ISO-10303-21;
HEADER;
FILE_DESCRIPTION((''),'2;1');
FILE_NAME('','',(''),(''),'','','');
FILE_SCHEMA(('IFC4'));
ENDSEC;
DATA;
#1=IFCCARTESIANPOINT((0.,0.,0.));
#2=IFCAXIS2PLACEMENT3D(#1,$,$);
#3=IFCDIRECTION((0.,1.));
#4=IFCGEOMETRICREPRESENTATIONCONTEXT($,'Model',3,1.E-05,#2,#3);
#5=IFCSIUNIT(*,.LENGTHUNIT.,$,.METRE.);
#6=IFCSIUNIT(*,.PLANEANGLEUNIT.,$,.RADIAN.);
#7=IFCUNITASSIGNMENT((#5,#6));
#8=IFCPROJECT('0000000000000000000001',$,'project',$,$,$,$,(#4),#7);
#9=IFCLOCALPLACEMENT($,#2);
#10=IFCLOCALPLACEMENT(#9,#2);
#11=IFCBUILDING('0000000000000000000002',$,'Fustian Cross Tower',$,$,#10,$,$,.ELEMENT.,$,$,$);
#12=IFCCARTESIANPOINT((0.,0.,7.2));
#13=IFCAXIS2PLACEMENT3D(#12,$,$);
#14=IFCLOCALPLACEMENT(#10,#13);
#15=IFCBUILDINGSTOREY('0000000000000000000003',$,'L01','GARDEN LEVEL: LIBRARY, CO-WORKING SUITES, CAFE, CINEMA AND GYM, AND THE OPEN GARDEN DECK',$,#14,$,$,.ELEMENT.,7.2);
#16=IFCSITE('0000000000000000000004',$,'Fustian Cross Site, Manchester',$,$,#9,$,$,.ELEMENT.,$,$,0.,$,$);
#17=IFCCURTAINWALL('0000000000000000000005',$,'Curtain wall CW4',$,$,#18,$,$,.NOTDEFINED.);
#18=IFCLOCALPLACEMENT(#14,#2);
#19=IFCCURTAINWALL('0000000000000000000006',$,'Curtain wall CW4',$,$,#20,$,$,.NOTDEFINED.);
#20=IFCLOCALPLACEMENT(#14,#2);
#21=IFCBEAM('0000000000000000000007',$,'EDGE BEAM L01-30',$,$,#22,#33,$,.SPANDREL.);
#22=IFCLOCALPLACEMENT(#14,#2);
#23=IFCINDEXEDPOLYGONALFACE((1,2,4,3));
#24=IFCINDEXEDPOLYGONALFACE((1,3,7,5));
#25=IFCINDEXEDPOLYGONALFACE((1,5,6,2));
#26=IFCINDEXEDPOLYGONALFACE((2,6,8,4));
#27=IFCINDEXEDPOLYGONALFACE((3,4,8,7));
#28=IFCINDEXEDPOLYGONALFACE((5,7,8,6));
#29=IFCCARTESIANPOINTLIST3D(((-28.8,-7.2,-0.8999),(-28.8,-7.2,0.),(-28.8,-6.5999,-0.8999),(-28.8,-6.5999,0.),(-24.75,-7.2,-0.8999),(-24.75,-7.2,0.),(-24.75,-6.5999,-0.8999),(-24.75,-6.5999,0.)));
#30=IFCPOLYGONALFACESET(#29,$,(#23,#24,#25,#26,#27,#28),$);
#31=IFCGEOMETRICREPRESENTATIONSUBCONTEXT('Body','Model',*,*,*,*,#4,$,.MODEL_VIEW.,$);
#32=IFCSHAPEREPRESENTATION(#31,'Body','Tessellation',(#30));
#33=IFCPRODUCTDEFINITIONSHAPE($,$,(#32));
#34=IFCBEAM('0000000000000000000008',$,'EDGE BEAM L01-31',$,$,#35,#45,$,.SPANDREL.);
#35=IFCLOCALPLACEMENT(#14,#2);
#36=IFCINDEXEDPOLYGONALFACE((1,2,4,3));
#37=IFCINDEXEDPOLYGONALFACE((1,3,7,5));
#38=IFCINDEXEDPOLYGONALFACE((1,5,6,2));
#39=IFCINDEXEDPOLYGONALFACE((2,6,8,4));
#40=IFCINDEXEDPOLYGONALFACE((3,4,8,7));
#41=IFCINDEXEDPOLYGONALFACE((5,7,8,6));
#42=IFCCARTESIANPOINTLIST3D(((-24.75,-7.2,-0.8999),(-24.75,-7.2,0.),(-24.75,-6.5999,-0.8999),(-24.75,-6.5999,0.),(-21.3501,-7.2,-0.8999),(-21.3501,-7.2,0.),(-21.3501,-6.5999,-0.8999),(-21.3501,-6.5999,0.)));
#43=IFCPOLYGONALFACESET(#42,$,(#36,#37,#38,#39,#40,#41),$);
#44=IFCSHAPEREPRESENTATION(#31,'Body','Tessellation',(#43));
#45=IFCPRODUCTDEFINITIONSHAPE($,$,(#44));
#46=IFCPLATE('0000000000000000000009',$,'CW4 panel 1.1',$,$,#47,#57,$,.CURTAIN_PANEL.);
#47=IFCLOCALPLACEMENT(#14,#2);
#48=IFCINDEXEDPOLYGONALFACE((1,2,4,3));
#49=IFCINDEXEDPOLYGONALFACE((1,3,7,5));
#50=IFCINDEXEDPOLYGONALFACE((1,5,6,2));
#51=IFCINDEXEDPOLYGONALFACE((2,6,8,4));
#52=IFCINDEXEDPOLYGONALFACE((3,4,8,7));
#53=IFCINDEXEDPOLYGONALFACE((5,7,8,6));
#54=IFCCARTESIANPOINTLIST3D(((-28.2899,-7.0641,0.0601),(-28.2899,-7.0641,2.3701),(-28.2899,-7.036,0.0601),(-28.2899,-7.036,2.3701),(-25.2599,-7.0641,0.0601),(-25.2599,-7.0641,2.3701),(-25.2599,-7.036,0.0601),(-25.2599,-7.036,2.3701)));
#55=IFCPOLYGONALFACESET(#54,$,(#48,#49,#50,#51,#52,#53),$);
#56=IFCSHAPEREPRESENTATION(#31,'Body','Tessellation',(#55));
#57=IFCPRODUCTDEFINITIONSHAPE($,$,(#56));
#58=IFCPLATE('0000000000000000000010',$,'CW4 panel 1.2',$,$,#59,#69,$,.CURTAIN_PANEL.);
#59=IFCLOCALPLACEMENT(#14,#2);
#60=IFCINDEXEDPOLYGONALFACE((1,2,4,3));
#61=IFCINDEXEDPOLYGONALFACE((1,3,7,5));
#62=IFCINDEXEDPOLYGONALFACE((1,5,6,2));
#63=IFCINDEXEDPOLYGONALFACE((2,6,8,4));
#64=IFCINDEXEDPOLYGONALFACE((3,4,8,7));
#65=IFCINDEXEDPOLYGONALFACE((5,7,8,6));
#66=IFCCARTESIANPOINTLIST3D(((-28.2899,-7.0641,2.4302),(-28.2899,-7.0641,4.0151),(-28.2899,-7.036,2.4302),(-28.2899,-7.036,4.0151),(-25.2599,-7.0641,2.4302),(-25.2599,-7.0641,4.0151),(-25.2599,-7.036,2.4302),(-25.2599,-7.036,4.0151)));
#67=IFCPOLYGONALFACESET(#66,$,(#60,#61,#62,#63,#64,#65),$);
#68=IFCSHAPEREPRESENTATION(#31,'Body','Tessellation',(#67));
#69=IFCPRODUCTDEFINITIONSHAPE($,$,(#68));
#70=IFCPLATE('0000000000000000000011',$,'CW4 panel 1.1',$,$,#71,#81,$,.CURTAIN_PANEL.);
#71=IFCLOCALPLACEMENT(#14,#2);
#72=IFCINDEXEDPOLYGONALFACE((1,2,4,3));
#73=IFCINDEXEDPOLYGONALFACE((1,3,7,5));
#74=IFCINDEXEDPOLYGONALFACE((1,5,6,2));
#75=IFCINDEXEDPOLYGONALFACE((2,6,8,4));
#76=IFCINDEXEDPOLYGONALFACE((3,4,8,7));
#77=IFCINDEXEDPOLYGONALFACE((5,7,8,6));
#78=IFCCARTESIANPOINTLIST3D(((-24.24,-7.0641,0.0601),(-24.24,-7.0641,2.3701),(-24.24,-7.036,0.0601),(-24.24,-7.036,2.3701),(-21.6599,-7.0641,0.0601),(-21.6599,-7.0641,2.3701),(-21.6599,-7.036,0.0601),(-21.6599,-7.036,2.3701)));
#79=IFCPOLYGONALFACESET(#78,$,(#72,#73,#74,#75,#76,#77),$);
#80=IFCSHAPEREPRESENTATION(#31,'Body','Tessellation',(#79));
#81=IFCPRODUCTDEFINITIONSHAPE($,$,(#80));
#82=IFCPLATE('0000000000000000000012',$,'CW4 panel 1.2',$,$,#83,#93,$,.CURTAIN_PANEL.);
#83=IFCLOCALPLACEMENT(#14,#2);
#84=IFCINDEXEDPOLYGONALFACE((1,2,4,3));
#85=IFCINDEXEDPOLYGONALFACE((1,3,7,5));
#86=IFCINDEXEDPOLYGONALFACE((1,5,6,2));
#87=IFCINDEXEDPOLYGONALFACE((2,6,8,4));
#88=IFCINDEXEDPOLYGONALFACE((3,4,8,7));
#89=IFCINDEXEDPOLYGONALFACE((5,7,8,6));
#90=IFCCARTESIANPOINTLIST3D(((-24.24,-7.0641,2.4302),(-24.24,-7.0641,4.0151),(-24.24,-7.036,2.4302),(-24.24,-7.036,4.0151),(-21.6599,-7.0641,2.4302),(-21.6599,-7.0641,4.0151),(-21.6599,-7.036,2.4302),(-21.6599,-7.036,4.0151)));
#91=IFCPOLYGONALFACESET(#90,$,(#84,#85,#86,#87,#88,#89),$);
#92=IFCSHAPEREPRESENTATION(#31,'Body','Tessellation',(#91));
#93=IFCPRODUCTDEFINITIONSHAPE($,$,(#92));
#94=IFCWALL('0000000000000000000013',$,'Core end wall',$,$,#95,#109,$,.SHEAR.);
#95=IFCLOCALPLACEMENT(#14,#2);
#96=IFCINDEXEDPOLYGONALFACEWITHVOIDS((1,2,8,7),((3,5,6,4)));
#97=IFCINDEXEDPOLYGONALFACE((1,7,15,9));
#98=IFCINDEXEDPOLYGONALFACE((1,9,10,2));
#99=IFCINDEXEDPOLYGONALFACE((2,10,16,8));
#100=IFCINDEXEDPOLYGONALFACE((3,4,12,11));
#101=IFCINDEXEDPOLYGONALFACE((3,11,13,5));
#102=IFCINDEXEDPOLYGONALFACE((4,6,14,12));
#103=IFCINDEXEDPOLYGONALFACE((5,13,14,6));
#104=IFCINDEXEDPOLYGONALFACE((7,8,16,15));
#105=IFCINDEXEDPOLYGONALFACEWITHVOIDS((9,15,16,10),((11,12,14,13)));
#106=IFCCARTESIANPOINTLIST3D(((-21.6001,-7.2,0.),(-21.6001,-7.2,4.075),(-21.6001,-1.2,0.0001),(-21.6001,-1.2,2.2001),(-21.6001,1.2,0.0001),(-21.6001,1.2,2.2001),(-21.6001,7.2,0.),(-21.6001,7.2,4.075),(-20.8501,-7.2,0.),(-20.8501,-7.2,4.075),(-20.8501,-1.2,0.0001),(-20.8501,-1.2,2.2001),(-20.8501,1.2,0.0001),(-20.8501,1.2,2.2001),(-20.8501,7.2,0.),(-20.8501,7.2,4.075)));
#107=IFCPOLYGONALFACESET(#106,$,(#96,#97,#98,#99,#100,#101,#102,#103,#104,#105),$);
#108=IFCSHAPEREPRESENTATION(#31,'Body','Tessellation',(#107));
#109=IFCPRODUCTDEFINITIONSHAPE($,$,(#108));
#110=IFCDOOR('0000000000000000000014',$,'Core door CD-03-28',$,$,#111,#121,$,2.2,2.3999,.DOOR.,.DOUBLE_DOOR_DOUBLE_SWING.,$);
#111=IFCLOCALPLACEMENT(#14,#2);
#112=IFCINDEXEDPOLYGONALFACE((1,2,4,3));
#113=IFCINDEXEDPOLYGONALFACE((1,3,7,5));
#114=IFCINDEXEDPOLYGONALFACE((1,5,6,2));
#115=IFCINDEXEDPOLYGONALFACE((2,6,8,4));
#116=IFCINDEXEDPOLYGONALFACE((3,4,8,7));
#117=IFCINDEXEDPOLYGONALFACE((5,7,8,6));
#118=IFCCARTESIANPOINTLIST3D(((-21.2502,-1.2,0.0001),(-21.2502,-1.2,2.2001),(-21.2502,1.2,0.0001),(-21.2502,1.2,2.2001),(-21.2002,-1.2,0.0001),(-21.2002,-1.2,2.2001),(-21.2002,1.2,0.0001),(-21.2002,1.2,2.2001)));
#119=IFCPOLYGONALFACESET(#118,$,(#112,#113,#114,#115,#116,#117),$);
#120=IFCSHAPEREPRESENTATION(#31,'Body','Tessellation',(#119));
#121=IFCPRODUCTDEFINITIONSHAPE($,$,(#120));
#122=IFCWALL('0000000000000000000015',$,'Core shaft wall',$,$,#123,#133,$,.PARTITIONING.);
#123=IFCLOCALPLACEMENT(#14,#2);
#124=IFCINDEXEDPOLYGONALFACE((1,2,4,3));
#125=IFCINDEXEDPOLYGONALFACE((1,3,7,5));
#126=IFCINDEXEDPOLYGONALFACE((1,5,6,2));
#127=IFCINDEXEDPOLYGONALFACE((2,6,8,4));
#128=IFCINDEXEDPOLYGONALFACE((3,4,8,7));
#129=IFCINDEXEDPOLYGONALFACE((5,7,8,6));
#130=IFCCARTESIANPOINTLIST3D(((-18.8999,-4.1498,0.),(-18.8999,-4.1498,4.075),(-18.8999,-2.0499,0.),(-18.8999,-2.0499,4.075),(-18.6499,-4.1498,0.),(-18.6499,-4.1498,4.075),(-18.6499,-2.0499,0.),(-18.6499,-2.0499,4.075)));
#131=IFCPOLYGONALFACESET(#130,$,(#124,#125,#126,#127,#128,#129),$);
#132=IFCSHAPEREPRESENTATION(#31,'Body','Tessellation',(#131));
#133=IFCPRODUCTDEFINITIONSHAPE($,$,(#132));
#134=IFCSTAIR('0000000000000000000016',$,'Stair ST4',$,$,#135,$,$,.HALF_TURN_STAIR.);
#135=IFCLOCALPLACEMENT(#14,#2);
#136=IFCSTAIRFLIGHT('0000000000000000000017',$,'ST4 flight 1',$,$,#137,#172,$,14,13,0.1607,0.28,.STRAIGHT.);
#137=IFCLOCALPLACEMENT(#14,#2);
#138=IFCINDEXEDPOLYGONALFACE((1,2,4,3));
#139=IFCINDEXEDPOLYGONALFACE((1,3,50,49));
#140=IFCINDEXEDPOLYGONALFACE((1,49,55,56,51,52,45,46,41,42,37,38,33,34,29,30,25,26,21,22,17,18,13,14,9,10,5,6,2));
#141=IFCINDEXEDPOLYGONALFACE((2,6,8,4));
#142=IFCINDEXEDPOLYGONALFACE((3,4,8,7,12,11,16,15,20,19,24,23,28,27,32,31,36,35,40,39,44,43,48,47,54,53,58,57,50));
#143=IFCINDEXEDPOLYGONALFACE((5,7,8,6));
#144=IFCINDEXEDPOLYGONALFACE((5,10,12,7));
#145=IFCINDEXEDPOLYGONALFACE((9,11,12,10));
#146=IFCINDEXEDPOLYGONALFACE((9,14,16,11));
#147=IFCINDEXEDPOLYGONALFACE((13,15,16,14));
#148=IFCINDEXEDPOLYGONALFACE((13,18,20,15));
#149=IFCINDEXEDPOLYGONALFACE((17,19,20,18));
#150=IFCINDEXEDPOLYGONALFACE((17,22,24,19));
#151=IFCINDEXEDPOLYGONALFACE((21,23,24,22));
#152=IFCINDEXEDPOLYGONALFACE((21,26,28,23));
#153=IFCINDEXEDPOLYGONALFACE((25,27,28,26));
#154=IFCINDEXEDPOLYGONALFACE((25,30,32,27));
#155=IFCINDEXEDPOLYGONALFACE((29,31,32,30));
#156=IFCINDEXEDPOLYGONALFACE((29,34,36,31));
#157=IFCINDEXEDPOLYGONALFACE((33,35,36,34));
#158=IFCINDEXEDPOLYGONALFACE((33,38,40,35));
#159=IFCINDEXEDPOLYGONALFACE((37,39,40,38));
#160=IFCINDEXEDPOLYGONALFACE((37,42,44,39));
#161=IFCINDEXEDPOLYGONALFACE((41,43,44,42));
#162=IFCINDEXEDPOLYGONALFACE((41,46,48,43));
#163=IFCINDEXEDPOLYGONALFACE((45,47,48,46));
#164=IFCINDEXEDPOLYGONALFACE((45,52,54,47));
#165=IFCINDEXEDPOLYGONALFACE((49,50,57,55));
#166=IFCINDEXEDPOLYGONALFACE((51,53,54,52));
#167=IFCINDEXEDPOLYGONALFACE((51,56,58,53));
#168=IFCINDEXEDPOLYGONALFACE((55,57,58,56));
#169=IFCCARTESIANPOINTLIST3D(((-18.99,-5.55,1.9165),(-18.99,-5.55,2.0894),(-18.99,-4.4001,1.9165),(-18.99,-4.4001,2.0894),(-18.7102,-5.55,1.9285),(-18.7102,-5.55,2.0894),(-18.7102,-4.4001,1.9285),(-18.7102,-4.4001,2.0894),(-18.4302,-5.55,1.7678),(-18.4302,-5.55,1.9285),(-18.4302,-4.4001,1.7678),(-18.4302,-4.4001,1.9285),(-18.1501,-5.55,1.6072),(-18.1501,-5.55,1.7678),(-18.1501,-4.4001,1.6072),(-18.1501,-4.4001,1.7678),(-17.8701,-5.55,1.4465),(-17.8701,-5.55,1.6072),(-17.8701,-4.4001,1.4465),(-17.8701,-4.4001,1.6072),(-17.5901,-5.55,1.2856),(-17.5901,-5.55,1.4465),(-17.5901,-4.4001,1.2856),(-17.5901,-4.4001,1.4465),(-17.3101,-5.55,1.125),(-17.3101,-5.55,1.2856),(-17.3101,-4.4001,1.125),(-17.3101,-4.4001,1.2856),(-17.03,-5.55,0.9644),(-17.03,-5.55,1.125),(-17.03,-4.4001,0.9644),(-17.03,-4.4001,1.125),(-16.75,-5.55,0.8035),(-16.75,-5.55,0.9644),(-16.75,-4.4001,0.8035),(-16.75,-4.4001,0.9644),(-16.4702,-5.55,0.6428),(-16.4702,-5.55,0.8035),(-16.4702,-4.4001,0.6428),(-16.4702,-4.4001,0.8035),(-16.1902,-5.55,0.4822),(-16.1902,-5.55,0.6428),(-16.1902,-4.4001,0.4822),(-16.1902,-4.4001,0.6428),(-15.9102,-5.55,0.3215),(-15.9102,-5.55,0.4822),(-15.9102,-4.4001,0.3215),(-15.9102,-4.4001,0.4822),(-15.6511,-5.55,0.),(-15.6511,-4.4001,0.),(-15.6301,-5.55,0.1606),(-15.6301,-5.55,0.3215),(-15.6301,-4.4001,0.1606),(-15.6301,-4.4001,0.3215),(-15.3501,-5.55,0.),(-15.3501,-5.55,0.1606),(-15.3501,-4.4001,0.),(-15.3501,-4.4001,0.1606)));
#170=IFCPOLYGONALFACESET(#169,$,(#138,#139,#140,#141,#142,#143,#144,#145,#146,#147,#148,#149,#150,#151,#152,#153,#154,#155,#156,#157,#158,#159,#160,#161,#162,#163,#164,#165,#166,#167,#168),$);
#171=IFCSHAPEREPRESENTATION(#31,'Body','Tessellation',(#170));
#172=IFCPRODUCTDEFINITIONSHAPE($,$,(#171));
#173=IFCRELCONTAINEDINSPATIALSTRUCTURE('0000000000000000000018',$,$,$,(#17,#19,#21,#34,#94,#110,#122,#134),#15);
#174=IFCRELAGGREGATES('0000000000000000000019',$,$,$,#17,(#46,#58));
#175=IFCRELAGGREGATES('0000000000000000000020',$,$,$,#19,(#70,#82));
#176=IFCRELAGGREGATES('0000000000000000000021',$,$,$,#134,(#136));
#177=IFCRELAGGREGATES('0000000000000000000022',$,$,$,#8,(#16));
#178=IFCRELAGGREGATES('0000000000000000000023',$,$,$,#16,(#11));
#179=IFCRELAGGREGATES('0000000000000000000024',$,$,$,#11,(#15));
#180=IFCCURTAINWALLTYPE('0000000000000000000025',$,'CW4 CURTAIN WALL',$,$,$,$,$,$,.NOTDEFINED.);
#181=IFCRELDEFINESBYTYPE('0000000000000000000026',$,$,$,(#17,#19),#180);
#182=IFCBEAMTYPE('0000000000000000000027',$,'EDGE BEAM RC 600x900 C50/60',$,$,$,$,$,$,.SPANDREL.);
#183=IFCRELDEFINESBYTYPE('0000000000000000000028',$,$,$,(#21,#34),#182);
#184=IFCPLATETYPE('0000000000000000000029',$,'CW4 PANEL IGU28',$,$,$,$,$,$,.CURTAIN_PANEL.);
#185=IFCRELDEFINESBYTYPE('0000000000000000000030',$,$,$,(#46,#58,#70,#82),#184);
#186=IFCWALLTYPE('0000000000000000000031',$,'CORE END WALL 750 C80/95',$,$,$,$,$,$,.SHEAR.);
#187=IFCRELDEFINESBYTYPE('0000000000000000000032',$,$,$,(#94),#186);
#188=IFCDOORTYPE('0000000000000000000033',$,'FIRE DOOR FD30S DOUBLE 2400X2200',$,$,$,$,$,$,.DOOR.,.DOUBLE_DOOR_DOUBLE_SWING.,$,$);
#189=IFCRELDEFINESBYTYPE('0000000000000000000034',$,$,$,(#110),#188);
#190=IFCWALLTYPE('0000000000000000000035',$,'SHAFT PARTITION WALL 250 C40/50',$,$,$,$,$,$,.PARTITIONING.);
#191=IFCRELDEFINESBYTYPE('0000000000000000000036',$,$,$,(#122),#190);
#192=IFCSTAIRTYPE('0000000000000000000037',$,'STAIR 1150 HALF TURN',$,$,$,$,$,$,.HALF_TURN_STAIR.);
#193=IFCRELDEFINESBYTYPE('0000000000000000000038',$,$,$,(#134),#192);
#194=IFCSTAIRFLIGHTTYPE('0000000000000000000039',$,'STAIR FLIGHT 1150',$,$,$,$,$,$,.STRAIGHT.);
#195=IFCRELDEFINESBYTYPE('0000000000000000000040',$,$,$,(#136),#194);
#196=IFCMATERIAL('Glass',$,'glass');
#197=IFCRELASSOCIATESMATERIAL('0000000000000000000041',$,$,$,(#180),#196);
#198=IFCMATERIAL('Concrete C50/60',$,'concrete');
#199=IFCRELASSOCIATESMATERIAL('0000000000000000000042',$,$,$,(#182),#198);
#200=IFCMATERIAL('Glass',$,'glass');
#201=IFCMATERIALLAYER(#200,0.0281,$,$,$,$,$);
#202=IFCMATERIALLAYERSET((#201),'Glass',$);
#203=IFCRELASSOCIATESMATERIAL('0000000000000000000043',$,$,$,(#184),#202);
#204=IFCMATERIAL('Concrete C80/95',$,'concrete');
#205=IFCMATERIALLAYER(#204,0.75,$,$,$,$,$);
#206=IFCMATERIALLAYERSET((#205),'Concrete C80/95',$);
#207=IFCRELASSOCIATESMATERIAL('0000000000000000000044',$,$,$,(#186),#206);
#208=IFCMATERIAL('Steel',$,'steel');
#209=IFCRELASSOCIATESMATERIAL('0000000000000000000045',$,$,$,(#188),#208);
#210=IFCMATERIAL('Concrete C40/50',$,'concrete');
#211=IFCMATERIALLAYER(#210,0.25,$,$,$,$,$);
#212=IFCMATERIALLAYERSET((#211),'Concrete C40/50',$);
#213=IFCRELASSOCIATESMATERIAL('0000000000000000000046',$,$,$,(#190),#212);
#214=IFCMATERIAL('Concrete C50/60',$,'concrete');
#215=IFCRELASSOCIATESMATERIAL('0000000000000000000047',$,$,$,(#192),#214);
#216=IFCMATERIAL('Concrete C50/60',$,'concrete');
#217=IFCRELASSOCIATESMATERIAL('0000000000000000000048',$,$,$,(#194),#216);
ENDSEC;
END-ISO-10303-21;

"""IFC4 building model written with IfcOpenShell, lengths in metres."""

from ifc_helpers import new_model, si_unit, direction, frame, frame_2d, origin, origin_2d, place, context, subcontext, project, spatial, polyline, rectangle, outline, extrude, material, layer, layer_set, material_profile, profile_set, type_object, element, fill, aggregate, save


model = new_model("IFC4")

# Units and contexts
model_context = context("Model", 3, precision=1e-05, world=origin(), true_north=direction((0.0, 1.0)))
body_context = subcontext(model_context, "Body", "Model", "MODEL_VIEW")
ifc_project = project(units=[si_unit("LENGTHUNIT", "METRE"), si_unit("PLANEANGLEUNIT", "RADIAN")], contexts=[model_context])

# Site, building, storey
site_placement = place(None, origin())
site = spatial("IfcSite", under=ifc_project, at=site_placement, Name="Fustian Cross Site, Manchester", CompositionType="ELEMENT", RefElevation=0.0)
building_placement = place(site_placement, origin())
building = spatial("IfcBuilding", under=site, at=building_placement, Name="Fustian Cross Tower", CompositionType="ELEMENT")
storey_placement = place(building_placement, frame((0.0, 0.0, 7.2)))
storey = spatial("IfcBuildingStorey", under=building, at=storey_placement, Name="L01", Description="GARDEN LEVEL: LIBRARY, CO-WORKING SUITES, CAFE, CINEMA AND GYM, AND THE OPEN GARDEN DECK", CompositionType="ELEMENT", Elevation=7.2)

# Shared definitions
ifc_material_1 = material(Name="Glass", Category="glass")
curtain_wall_type = type_object("IfcCurtainWallType", Name="CW4 CURTAIN WALL", PredefinedType="NOTDEFINED", material=ifc_material_1)

# Curtain walls
curtain_wall_1_placement = place(storey_placement, origin())
curtain_wall_1 = element("IfcCurtainWall", 1, at=curtain_wall_1_placement, inside=storey, type_object=curtain_wall_type, Name="Curtain wall CW4", PredefinedType="NOTDEFINED")
curtain_wall_2_placement = place(storey_placement, origin())
curtain_wall_2 = element("IfcCurtainWall", 2, at=curtain_wall_2_placement, inside=storey, type_object=curtain_wall_type, Name="Curtain wall CW4", PredefinedType="NOTDEFINED")

# Beams
ifc_material_2 = material(Name="Concrete C50/60", Category="concrete")
ifc_material_profile_1 = material_profile(ifc_material_2, rectangle(XDim=0.6001, YDim=0.8999, at=origin_2d()), Name="RC 600x900")
ifc_profile_set_1 = profile_set([ifc_material_profile_1], Name="Concrete C50/60")
beam_type = type_object("IfcBeamType", Name="EDGE BEAM RC 600x900 C50/60", PredefinedType="SPANDREL", material=ifc_profile_set_1)
beam_1_placement = place(storey_placement, frame((-28.8, -6.8999, -0.45), z_axis=(1.0, 0.0, 0.0), x_axis=(0.0, 1.0, 0.0)))
element("IfcBeam", 3, at=beam_1_placement, inside=storey, type_object=beam_type, Name="EDGE BEAM L01-30", PredefinedType="SPANDREL", context=body_context, shape_type="SweptSolid", body=[
    extrude(rectangle(XDim=0.6001, YDim=0.8999, at=origin_2d()), origin(), (0.0, 0.0, 1.0), 4.05),
])
beam_2_placement = place(storey_placement, frame((-24.75, -6.8999, -0.45), z_axis=(1.0, 0.0, 0.0), x_axis=(0.0, 1.0, 0.0)))
element("IfcBeam", 4, at=beam_2_placement, inside=storey, type_object=beam_type, Name="EDGE BEAM L01-31", PredefinedType="SPANDREL", context=body_context, shape_type="SweptSolid", body=[
    extrude(rectangle(XDim=0.6001, YDim=0.8999, at=origin_2d()), origin(), (0.0, 0.0, 1.0), 3.3999),
])

# Plates
ifc_material_3 = material(Name="Glass", Category="glass")
ifc_layer_1 = layer(ifc_material_3, 0.0281)
ifc_layer_set_1 = layer_set([ifc_layer_1], Name="Glass")
plate_type = type_object("IfcPlateType", Name="CW4 PANEL IGU28", PredefinedType="CURTAIN_PANEL", material=ifc_layer_set_1)
plate_1_placement = place(storey_placement, frame((-26.7749, -7.05, 0.0601), z_axis=(0.0, 0.0, 1.0), x_axis=(1.0, 0.0, 0.0)))
plate_1 = element("IfcPlate", 5, at=plate_1_placement, type_object=plate_type, Name="CW4 panel 1.1", PredefinedType="CURTAIN_PANEL", context=body_context, shape_type="SweptSolid", body=[
    extrude(rectangle(XDim=3.03, YDim=0.0281, at=origin_2d()), origin(), (0.0, 0.0, 1.0), 2.3101),
])
plate_2_placement = place(storey_placement, frame((-26.7749, -7.05, 2.4302), z_axis=(0.0, 0.0, 1.0), x_axis=(1.0, 0.0, 0.0)))
plate_2 = element("IfcPlate", 6, at=plate_2_placement, type_object=plate_type, Name="CW4 panel 1.2", PredefinedType="CURTAIN_PANEL", context=body_context, shape_type="SweptSolid", body=[
    extrude(rectangle(XDim=3.03, YDim=0.0281, at=origin_2d()), origin(), (0.0, 0.0, 1.0), 1.585),
])
aggregate(curtain_wall_1, [plate_1, plate_2])
plate_3_placement = place(storey_placement, frame((-22.95, -7.05, 0.0601), z_axis=(0.0, 0.0, 1.0), x_axis=(1.0, 0.0, 0.0)))
plate_3 = element("IfcPlate", 7, at=plate_3_placement, type_object=plate_type, Name="CW4 panel 1.1", PredefinedType="CURTAIN_PANEL", context=body_context, shape_type="SweptSolid", body=[
    extrude(rectangle(XDim=2.5801, YDim=0.0281, at=origin_2d()), origin(), (0.0, 0.0, 1.0), 2.3101),
])
plate_4_placement = place(storey_placement, frame((-22.95, -7.05, 2.4302), z_axis=(0.0, 0.0, 1.0), x_axis=(1.0, 0.0, 0.0)))
plate_4 = element("IfcPlate", 8, at=plate_4_placement, type_object=plate_type, Name="CW4 panel 1.2", PredefinedType="CURTAIN_PANEL", context=body_context, shape_type="SweptSolid", body=[
    extrude(rectangle(XDim=2.5801, YDim=0.0281, at=origin_2d()), origin(), (0.0, 0.0, 1.0), 1.585),
])
aggregate(curtain_wall_2, [plate_3, plate_4])

# Wall, opening, door
ifc_material_4 = material(Name="Concrete C80/95", Category="concrete")
ifc_layer_2 = layer(ifc_material_4, 0.75)
ifc_layer_set_2 = layer_set([ifc_layer_2], Name="Concrete C80/95")
wall_type_1 = type_object("IfcWallType", Name="CORE END WALL 750 C80/95", PredefinedType="SHEAR", material=ifc_layer_set_2)
wall_1_placement = place(storey_placement, frame((-21.2251, -7.2, 0.0), z_axis=(0.0, 0.0, 1.0), x_axis=(0.0, 1.0, 0.0)))
wall_1 = element("IfcWall", 9, at=wall_1_placement, inside=storey, type_object=wall_type_1, Name="Core end wall", PredefinedType="SHEAR", context=body_context, shape_type="SweptSolid", body=[
    extrude(rectangle(XDim=14.3999, YDim=0.75, at=frame_2d((7.2, 0.0))), origin(), (0.0, 0.0, 1.0), 4.075),
])
opening_placement = place(wall_1_placement, frame((6.0, 0.0, 0.0)))
opening = element("IfcOpeningElement", 10, at=opening_placement, cuts=wall_1, PredefinedType="OPENING", context=body_context, shape_type="SweptSolid", body=[
    extrude(rectangle(XDim=2.3999, YDim=2.2, at=frame_2d((1.2, 1.1001))), frame((0.0, 0.385, 0.0), z_axis=(0.0, -1.0, 0.0), x_axis=(1.0, 0.0, 0.0)), (0.0, 0.0, 1.0), 0.77),
])
ifc_material_5 = material(Name="Steel", Category="steel")
door_type = type_object("IfcDoorType", Name="FIRE DOOR FD30S DOUBLE 2400X2200", OperationType="DOUBLE_DOOR_DOUBLE_SWING", PredefinedType="DOOR", material=ifc_material_5)
door_placement = place(opening_placement, frame((2.3999, 0.0, 0.0), z_axis=(0.0, 0.0, 1.0), x_axis=(-1.0, 0.0, 0.0)))
door = element("IfcDoor", 11, at=door_placement, inside=storey, type_object=door_type, Name="Core door CD-03-28", OperationType="DOUBLE_DOOR_DOUBLE_SWING", OverallHeight=2.2, OverallWidth=2.3999, PredefinedType="DOOR", context=body_context, shape_type="SweptSolid", body=[
    extrude(rectangle(XDim=2.3999, YDim=2.2, at=frame_2d((1.2, 1.1001))), frame((0.0, 0.0249, 0.0), z_axis=(0.0, -1.0, 0.0), x_axis=(1.0, 0.0, 0.0)), (0.0, 0.0, 1.0), 0.05),
])
fill(opening, door)

# Wall
ifc_material_6 = material(Name="Concrete C40/50", Category="concrete")
ifc_layer_3 = layer(ifc_material_6, 0.25)
ifc_layer_set_3 = layer_set([ifc_layer_3], Name="Concrete C40/50")
wall_type_2 = type_object("IfcWallType", Name="SHAFT PARTITION WALL 250 C40/50", PredefinedType="PARTITIONING", material=ifc_layer_set_3)
wall_2_placement = place(storey_placement, frame((-18.7749, -2.05, 0.0), z_axis=(0.0, 0.0, 1.0), x_axis=(0.0, -1.0, 0.0)))
element("IfcWall", 12, at=wall_2_placement, inside=storey, type_object=wall_type_2, Name="Core shaft wall", PredefinedType="PARTITIONING", context=body_context, shape_type="SweptSolid", body=[
    extrude(rectangle(XDim=2.0999, YDim=0.25, at=frame_2d((1.0498, 0.0))), origin(), (0.0, 0.0, 1.0), 4.075),
])

# Stair, stair flight
ifc_material_7 = material(Name="Concrete C50/60", Category="concrete")
stair_type = type_object("IfcStairType", Name="STAIR 1150 HALF TURN", PredefinedType="HALF_TURN_STAIR", material=ifc_material_7)
stair_placement = place(storey_placement, origin())
stair = element("IfcStair", 13, at=stair_placement, inside=storey, type_object=stair_type, Name="Stair ST4", PredefinedType="HALF_TURN_STAIR")
ifc_material_8 = material(Name="Concrete C50/60", Category="concrete")
stair_flight_type = type_object("IfcStairFlightType", Name="STAIR FLIGHT 1150", PredefinedType="STRAIGHT", material=ifc_material_8)
stair_flight_1_placement = place(storey_placement, frame((-15.3501, -4.9751, 0.0), z_axis=(0.0, 0.0, 1.0), x_axis=(-1.0, 0.0, 0.0)))
stair_flight_1 = element("IfcStairFlight", 14, at=stair_flight_1_placement, type_object=stair_flight_type, Name="ST4 flight 1", NumberOfRisers=14, NumberOfTreads=13, PredefinedType="STRAIGHT", RiserHeight=0.1607, TreadLength=0.28, context=body_context, shape_type="SweptSolid", body=[
    extrude(outline(polyline([(0.0, 0.0), (0.0, 0.1606), (0.28, 0.1606), (0.28, 0.3215), (0.5601, 0.3215), (0.5601, 0.4822), (0.8401, 0.4822), (0.8401, 0.6428), (1.1201, 0.6428), (1.1201, 0.8035), (1.3999, 0.8035), (1.3999, 0.9644), (1.6799, 0.9644), (1.6799, 1.125), (1.96, 1.125), (1.96, 1.2856), (2.24, 1.2856), (2.24, 1.4465), (2.52, 1.4465), (2.52, 1.6072), (2.8, 1.6072), (2.8, 1.7678), (3.0801, 1.7678), (3.0801, 1.9285), (3.3601, 1.9285), (3.3601, 2.0894), (3.6399, 2.0894), (3.6399, 2.25), (3.6399, 1.9165), (0.301, 0.0), (0.0, 0.0)])), frame((0.0, 0.575, 0.0), z_axis=(0.0, -1.0, 0.0), x_axis=(1.0, 0.0, 0.0)), (0.0, 0.0, 1.0), 1.1499),
])
aggregate(stair, [stair_flight_1])

save(model, "model.ifc")
